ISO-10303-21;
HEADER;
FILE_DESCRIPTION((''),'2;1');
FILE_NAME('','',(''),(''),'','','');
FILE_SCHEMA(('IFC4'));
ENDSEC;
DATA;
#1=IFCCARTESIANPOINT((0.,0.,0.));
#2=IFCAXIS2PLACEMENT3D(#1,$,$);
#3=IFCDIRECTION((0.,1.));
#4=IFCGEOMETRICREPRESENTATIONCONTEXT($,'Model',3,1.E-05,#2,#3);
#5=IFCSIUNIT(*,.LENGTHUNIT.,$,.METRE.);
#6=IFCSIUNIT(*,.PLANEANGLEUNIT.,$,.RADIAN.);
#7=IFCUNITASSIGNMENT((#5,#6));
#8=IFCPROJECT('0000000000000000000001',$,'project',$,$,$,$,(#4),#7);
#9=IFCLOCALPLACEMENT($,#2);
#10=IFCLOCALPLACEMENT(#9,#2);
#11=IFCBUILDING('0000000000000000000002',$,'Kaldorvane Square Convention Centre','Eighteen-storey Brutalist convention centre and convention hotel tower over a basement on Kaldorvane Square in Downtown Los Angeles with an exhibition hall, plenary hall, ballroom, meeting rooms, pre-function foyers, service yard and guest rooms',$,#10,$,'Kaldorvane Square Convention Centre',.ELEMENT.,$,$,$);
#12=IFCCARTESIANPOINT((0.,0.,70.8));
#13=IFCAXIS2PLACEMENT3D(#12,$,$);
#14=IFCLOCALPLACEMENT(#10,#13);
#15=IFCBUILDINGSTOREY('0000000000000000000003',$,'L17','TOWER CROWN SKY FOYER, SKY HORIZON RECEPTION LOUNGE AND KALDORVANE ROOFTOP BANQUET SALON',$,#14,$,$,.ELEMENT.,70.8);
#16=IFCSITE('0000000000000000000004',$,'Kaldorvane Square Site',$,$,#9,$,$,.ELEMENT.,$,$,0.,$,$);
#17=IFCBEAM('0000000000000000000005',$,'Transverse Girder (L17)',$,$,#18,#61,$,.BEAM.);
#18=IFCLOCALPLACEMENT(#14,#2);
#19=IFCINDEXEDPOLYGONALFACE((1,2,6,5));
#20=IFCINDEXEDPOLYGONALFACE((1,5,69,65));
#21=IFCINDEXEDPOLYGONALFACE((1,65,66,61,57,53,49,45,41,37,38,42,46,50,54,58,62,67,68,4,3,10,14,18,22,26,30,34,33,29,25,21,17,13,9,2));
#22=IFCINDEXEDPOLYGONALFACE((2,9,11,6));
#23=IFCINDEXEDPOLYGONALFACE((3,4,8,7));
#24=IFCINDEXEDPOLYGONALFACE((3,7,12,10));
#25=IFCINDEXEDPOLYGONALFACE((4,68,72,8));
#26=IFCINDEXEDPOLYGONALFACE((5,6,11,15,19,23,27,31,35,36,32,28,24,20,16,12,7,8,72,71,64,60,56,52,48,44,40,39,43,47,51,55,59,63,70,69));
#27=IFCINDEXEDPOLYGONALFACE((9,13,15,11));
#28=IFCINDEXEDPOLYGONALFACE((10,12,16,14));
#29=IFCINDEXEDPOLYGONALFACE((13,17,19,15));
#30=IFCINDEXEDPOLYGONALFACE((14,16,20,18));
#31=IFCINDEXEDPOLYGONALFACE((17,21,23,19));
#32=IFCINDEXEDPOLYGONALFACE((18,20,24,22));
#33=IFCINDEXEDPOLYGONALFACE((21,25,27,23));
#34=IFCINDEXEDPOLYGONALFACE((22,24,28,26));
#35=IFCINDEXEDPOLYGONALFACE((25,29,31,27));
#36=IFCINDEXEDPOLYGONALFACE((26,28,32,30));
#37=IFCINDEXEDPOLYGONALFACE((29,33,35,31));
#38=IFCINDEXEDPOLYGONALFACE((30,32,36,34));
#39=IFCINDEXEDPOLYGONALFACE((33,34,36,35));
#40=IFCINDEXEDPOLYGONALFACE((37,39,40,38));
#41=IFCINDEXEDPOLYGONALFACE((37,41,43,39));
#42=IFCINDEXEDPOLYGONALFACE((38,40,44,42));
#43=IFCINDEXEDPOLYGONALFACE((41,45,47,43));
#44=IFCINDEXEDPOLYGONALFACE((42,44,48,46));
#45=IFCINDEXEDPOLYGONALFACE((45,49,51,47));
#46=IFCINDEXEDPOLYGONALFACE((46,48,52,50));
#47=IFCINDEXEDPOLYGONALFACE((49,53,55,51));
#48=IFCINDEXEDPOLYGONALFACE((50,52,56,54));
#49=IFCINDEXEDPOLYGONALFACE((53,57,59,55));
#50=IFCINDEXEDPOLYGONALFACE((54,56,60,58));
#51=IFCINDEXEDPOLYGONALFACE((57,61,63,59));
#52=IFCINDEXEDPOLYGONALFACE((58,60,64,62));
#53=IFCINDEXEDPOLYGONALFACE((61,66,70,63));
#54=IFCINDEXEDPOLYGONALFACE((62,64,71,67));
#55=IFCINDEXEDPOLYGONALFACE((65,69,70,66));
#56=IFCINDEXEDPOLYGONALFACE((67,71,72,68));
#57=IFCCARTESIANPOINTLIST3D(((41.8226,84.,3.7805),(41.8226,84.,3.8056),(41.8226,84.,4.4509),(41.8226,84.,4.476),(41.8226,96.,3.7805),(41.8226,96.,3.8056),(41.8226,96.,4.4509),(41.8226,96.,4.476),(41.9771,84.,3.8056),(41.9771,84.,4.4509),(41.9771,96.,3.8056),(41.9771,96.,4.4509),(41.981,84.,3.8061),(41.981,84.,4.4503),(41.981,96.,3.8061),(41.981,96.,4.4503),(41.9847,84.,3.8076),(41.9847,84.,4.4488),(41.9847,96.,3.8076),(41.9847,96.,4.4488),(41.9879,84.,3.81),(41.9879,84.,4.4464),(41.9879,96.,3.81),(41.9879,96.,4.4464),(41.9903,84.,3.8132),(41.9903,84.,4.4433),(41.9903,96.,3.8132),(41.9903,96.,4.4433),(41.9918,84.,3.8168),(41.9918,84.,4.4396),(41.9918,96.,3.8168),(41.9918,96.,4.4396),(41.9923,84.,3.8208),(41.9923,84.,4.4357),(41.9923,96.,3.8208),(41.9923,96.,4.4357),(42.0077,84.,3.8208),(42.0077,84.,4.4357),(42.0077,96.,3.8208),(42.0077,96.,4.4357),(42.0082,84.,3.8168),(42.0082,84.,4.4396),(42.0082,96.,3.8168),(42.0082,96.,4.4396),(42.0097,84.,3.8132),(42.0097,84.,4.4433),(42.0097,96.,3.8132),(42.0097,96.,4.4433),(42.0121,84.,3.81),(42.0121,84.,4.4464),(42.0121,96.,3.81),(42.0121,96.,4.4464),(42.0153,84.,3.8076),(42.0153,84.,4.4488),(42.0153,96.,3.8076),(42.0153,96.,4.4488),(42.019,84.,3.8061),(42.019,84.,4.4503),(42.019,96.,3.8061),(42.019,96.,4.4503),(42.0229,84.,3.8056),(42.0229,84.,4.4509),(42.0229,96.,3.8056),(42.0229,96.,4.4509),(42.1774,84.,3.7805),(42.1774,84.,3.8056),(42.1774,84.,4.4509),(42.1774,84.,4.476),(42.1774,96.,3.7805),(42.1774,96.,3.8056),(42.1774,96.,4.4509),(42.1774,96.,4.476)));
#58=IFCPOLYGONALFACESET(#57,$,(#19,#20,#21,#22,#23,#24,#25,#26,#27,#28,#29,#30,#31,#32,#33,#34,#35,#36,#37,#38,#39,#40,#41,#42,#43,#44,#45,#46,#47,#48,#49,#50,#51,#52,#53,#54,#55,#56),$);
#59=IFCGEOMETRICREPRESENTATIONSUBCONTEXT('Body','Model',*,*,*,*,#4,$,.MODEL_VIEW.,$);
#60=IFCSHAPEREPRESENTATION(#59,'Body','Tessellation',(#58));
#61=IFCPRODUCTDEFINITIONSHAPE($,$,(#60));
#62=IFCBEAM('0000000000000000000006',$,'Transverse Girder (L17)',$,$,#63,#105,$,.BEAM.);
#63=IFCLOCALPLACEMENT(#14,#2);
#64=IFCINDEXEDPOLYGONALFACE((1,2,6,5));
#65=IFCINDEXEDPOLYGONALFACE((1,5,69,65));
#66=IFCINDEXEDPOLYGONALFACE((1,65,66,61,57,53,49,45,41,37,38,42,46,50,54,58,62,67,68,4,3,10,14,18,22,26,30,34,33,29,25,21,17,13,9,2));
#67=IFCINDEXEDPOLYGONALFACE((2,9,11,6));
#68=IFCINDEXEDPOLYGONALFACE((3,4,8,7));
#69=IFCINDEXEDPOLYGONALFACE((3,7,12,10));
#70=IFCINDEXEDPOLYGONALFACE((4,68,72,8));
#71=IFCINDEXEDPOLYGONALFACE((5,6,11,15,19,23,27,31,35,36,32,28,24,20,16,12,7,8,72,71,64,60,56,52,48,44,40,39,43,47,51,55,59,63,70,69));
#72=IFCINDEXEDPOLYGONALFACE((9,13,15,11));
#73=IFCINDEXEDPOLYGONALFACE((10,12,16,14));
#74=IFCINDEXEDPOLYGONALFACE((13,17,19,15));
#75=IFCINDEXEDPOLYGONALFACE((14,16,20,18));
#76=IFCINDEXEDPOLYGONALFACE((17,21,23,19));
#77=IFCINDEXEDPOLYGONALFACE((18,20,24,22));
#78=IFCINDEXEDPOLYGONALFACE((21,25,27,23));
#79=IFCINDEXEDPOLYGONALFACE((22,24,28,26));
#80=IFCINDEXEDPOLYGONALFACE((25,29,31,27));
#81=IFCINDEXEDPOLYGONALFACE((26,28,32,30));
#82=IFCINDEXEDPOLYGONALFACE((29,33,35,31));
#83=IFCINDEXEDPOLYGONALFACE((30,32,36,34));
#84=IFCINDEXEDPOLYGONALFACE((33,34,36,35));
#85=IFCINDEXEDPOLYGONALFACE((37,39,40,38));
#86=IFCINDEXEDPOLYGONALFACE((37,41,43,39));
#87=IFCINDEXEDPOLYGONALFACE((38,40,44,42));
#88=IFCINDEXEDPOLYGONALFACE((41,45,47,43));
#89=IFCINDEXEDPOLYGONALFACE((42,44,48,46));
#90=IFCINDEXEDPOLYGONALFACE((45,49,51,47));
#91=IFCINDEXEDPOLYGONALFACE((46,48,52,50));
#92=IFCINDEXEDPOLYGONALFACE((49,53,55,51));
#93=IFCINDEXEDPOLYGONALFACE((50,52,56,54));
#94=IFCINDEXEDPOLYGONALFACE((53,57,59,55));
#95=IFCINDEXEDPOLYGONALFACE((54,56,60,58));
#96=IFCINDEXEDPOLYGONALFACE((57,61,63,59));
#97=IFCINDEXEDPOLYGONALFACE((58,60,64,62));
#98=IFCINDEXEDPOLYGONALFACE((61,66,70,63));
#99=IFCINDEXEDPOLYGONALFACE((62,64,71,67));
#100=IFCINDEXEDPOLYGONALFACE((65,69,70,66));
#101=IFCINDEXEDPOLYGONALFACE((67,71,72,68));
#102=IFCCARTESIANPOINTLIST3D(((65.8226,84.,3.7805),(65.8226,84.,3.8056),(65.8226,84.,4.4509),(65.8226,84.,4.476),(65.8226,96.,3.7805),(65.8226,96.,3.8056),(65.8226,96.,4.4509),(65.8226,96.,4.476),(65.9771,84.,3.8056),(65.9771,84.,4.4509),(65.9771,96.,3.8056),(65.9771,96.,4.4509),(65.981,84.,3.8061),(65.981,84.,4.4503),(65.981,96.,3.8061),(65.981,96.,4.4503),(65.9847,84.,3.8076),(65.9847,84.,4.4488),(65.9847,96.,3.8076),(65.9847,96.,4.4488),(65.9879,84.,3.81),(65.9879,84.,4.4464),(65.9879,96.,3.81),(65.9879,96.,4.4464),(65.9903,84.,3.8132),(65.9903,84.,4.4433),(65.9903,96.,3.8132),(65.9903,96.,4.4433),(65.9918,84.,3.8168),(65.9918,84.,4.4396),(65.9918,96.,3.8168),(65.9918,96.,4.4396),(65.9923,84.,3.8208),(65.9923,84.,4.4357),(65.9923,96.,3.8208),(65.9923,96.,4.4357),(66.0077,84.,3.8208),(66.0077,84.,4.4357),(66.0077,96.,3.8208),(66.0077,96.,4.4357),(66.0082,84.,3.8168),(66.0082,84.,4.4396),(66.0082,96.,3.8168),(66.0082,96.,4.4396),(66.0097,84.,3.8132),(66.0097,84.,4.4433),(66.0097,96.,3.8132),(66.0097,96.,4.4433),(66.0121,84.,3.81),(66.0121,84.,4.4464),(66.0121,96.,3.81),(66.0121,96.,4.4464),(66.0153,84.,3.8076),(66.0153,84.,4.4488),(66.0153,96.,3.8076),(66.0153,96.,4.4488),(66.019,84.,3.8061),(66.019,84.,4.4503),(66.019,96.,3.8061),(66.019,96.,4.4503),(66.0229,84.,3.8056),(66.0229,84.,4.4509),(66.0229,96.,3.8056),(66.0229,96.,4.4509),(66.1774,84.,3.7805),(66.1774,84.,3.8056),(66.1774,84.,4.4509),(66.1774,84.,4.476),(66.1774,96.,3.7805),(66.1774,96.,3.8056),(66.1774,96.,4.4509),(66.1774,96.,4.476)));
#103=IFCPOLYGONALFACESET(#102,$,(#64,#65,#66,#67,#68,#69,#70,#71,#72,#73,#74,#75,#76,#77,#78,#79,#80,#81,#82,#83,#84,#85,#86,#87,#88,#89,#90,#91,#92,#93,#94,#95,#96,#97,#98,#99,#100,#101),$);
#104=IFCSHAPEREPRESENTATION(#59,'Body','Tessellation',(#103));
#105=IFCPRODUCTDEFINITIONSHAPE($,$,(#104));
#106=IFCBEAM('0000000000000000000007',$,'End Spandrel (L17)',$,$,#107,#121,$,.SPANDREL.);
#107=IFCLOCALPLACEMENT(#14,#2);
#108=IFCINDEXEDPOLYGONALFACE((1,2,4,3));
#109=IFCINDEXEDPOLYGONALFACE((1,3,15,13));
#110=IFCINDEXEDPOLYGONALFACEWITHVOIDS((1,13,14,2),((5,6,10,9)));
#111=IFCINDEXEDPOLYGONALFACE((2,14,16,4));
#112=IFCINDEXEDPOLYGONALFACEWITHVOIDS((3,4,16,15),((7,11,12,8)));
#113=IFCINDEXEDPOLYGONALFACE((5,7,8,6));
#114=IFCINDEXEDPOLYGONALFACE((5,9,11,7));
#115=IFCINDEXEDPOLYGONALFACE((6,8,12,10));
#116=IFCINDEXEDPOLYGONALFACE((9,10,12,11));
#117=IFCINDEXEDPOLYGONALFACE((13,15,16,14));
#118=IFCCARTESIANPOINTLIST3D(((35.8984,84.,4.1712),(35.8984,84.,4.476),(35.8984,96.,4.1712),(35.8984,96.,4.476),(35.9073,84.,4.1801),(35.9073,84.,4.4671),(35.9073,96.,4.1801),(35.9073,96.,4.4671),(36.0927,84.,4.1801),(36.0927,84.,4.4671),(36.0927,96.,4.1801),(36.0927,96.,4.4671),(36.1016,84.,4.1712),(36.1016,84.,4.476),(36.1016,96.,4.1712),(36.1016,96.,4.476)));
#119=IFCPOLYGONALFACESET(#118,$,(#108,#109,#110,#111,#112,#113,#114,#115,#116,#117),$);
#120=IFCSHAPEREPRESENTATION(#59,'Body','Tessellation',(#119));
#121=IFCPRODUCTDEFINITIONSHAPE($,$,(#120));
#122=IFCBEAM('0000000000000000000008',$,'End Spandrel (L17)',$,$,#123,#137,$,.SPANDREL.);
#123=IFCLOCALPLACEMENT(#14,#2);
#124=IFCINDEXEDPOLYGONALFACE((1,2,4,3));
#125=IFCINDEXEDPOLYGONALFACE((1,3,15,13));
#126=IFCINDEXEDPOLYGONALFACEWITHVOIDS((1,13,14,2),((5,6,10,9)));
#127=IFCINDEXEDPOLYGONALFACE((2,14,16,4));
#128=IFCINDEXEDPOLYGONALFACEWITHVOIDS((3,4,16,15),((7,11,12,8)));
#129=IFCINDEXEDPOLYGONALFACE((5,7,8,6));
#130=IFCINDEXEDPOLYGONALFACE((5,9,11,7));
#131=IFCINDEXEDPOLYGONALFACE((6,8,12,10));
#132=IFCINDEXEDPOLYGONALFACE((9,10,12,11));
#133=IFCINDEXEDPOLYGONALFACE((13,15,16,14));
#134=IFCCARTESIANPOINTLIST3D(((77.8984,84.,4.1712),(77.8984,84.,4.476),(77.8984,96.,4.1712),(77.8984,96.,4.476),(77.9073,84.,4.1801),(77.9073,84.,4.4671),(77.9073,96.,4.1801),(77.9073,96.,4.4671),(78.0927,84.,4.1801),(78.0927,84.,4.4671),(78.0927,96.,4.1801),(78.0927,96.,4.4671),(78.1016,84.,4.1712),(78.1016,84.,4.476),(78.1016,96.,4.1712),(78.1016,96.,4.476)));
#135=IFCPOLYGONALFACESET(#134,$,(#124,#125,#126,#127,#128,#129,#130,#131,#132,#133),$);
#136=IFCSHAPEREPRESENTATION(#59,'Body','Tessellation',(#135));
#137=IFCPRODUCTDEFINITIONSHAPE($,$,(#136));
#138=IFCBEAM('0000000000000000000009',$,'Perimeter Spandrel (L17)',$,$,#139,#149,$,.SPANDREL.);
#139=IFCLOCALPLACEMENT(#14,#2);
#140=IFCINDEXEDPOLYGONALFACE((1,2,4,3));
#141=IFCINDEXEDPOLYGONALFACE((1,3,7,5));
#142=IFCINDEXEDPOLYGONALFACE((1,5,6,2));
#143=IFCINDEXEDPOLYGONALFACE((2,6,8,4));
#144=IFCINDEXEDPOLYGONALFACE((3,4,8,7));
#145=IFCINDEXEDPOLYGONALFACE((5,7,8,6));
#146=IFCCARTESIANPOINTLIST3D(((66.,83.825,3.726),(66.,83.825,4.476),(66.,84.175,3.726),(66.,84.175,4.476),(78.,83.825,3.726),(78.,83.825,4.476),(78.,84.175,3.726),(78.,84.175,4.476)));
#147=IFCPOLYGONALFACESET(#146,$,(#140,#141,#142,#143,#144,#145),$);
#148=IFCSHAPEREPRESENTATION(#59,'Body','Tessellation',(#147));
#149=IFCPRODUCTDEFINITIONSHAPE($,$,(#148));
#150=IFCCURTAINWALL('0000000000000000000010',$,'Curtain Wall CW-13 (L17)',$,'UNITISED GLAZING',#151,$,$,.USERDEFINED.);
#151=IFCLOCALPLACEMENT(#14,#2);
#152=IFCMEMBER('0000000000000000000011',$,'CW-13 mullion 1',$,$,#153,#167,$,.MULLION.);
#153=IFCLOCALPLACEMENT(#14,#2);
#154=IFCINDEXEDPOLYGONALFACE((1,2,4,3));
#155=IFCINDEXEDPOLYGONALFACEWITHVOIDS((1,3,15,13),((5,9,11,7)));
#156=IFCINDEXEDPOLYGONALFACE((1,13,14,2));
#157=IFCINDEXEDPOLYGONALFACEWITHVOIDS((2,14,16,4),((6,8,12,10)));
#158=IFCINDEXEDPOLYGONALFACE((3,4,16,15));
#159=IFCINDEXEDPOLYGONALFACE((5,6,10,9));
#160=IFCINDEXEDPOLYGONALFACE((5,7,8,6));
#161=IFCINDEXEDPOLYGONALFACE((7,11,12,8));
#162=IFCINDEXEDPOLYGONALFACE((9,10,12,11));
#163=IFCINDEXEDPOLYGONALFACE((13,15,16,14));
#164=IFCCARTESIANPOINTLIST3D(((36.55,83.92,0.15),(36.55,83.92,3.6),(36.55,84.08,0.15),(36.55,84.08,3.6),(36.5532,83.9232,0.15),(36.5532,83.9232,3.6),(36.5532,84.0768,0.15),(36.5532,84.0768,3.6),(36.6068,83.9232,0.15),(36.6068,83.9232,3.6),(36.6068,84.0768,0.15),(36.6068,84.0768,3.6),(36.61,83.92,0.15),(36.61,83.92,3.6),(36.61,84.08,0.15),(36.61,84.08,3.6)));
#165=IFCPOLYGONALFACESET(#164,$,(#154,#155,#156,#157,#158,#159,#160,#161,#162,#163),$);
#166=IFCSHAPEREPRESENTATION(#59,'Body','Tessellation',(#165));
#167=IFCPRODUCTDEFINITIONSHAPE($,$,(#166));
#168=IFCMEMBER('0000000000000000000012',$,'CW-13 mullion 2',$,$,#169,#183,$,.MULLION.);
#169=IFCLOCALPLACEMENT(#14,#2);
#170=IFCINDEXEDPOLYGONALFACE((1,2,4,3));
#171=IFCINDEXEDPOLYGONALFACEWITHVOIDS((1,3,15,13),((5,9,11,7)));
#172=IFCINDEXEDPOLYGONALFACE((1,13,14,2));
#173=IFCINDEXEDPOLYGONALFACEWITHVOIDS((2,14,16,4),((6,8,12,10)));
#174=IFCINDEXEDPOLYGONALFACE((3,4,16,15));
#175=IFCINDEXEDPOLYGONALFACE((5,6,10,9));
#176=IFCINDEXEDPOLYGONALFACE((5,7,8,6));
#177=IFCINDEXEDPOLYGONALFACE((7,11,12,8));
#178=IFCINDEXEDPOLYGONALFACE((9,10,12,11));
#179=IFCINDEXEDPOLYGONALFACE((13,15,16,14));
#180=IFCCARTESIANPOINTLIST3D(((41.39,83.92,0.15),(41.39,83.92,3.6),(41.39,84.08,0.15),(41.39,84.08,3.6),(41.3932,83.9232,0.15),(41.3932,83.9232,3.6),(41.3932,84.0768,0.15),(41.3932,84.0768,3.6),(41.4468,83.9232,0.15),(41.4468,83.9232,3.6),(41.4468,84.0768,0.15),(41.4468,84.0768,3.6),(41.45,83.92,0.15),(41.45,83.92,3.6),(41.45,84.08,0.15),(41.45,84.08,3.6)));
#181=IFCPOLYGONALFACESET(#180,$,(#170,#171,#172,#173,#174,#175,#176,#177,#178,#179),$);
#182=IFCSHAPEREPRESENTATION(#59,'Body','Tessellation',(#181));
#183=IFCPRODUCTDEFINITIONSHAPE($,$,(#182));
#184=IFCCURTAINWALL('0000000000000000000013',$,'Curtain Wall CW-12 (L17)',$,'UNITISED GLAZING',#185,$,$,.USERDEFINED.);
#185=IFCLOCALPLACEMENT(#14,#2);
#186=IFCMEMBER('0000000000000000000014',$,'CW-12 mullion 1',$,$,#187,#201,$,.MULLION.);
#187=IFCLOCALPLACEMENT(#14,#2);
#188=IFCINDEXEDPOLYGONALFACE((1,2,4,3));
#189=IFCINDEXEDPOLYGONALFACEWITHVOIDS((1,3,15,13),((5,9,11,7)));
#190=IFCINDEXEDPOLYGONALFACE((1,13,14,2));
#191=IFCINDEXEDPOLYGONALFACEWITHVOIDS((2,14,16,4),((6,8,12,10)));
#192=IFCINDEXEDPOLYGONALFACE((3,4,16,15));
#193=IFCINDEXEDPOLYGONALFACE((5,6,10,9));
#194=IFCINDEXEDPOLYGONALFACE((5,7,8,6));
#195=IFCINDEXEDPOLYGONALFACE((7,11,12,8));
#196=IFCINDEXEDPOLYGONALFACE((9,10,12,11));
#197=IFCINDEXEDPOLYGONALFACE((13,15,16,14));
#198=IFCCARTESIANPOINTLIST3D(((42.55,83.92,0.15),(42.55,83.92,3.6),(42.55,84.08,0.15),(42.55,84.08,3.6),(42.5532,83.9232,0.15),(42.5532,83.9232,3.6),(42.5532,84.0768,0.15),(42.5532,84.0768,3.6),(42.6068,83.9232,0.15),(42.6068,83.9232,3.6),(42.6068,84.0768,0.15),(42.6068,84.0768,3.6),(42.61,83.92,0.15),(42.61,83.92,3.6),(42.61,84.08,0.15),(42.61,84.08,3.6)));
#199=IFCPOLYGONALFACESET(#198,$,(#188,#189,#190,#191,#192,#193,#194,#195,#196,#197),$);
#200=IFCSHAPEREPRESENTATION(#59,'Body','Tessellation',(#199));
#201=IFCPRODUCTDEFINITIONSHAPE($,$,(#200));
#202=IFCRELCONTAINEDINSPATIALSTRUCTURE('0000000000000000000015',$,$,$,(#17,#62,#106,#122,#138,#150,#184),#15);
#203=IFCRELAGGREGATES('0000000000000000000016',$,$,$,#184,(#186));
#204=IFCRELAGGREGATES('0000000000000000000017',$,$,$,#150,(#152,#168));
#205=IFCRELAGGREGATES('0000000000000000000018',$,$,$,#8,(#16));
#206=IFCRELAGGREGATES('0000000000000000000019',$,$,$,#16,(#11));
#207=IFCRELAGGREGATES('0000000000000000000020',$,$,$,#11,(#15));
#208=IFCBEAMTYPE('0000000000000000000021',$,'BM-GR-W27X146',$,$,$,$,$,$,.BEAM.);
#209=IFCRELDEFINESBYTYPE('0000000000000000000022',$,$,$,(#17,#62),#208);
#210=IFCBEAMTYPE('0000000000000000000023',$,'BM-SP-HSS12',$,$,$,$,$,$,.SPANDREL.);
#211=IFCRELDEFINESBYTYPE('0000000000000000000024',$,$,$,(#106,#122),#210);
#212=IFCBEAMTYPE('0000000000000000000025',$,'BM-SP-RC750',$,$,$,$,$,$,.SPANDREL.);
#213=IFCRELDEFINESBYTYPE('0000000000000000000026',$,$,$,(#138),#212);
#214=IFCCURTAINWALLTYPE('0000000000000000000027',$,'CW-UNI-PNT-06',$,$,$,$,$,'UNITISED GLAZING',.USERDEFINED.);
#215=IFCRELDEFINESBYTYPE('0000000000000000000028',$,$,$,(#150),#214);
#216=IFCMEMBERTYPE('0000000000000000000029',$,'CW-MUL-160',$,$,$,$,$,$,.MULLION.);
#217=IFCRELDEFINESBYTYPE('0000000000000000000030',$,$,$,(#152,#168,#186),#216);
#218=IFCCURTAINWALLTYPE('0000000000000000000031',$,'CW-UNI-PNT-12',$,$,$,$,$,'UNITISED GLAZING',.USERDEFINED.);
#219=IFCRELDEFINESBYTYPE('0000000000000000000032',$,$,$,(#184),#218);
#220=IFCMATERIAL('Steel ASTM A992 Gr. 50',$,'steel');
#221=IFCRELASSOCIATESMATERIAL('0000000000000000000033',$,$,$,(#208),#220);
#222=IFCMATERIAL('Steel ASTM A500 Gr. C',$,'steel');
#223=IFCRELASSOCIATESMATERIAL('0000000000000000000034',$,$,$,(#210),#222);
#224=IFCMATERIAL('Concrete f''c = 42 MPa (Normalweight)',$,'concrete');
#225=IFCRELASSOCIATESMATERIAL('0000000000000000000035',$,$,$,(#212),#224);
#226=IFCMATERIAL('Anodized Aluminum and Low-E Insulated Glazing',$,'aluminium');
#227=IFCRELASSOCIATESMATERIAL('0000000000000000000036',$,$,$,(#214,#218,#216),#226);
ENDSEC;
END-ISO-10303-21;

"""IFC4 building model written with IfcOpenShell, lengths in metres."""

from ifc_helpers import new_model, si_unit, direction, frame, origin, origin_2d, place, context, subcontext, project, spatial, rectangle, hollow_rectangle, i_section, extrude, material, material_profile, profile_set, type_object, element, aggregate, save


model = new_model("IFC4")

# Units and contexts
model_context = context("Model", 3, precision=1e-05, world=origin(), true_north=direction((0.0, 1.0)))
body_context = subcontext(model_context, "Body", "Model", "MODEL_VIEW")
ifc_project = project(units=[si_unit("LENGTHUNIT", "METRE"), si_unit("PLANEANGLEUNIT", "RADIAN")], contexts=[model_context])

# Site, building, storey
site_placement = place(None, origin())
site = spatial("IfcSite", under=ifc_project, at=site_placement, Name="Kaldorvane Square Site", CompositionType="ELEMENT", RefElevation=0.0)
building_placement = place(site_placement, origin())
building = spatial("IfcBuilding", under=site, at=building_placement, Name="Kaldorvane Square Convention Centre", Description="Eighteen-storey Brutalist convention centre and convention hotel tower over a basement on Kaldorvane Square in Downtown Los Angeles with an exhibition hall, plenary hall, ballroom, meeting rooms, pre-function foyers, service yard and guest rooms", LongName="Kaldorvane Square Convention Centre", CompositionType="ELEMENT")
storey_placement = place(building_placement, frame((0.0, 0.0, 70.8)))
storey = spatial("IfcBuildingStorey", under=building, at=storey_placement, Name="L17", Description="TOWER CROWN SKY FOYER, SKY HORIZON RECEPTION LOUNGE AND KALDORVANE ROOFTOP BANQUET SALON", CompositionType="ELEMENT", Elevation=70.8)

# Beams
ifc_material_1 = material(Name="Steel ASTM A992 Gr. 50", Category="steel")
ifc_material_profile_1 = material_profile(ifc_material_1, i_section(OverallWidth=0.3547, OverallDepth=0.6955, WebThickness=0.0154, FlangeThickness=0.0251, FilletRadius=0.0152, at=origin_2d()), Name="W27X146")
ifc_profile_set_1 = profile_set([ifc_material_profile_1], Name="Steel ASTM A992 Gr. 50")
beam_type_1 = type_object("IfcBeamType", Name="BM-GR-W27X146", PredefinedType="BEAM", material=ifc_profile_set_1)
for number, where, z_axis, x_axis, name in (
    (1, (42.0, 84.0, 4.1282), (0.0, 1.0, 0.0), (-1.0, 0.0, 0.0), "Transverse Girder (L17)"),
    (2, (66.0, 84.0, 4.1282), (0.0, 1.0, 0.0), (-1.0, 0.0, 0.0), "Transverse Girder (L17)"),
):
    element("IfcBeam", number, at=place(storey_placement, frame(where, z_axis=z_axis, x_axis=x_axis)), inside=storey, type_object=beam_type_1, Name=name, PredefinedType="BEAM", context=body_context, shape_type="SweptSolid", body=[
        extrude(i_section(OverallWidth=0.3547, OverallDepth=0.6955, WebThickness=0.0154, FlangeThickness=0.0251, FilletRadius=0.0152, at=origin_2d()), origin(), (0.0, 0.0, 1.0), 12.0),
    ])
ifc_material_2 = material(Name="Steel ASTM A500 Gr. C", Category="steel")
ifc_material_profile_2 = material_profile(ifc_material_2, hollow_rectangle(XDim=0.2032, YDim=0.3048, WallThickness=0.0089, at=origin_2d()), Name="HSS12X8X3/8")
ifc_profile_set_2 = profile_set([ifc_material_profile_2], Name="Steel ASTM A500 Gr. C")
beam_type_2 = type_object("IfcBeamType", Name="BM-SP-HSS12", PredefinedType="SPANDREL", material=ifc_profile_set_2)
for number, where, z_axis, x_axis, name in (
    (3, (36.0, 84.0, 4.3236), (0.0, 1.0, 0.0), (-1.0, 0.0, 0.0), "End Spandrel (L17)"),
    (4, (78.0, 84.0, 4.3236), (0.0, 1.0, 0.0), (-1.0, 0.0, 0.0), "End Spandrel (L17)"),
):
    element("IfcBeam", number, at=place(storey_placement, frame(where, z_axis=z_axis, x_axis=x_axis)), inside=storey, type_object=beam_type_2, Name=name, PredefinedType="SPANDREL", context=body_context, shape_type="SweptSolid", body=[
        extrude(hollow_rectangle(XDim=0.2032, YDim=0.3048, WallThickness=0.0089, at=origin_2d()), origin(), (0.0, 0.0, 1.0), 12.0),
    ])
ifc_material_3 = material(Name="Concrete f'c = 42 MPa (Normalweight)", Category="concrete")
ifc_material_profile_3 = material_profile(ifc_material_3, rectangle(XDim=0.35, YDim=0.75, at=origin_2d()), Name="RCSP750X350")
ifc_profile_set_3 = profile_set([ifc_material_profile_3], Name="Concrete f'c = 42 MPa (Normalweight)")
beam_type_3 = type_object("IfcBeamType", Name="BM-SP-RC750", PredefinedType="SPANDREL", material=ifc_profile_set_3)
beam_placement = place(storey_placement, frame((66.0, 84.0, 4.101), z_axis=(1.0, 0.0, 0.0), x_axis=(0.0, 1.0, 0.0)))
element("IfcBeam", 5, at=beam_placement, inside=storey, type_object=beam_type_3, Name="Perimeter Spandrel (L17)", PredefinedType="SPANDREL", context=body_context, shape_type="SweptSolid", body=[
    extrude(rectangle(XDim=0.35, YDim=0.75, at=origin_2d()), origin(), (0.0, 0.0, 1.0), 12.0),
])

# Curtain walls, members
ifc_material_4 = material(Name="Anodized Aluminum and Low-E Insulated Glazing", Category="aluminium")
curtain_wall_type_1 = type_object("IfcCurtainWallType", Name="CW-UNI-PNT-06", ElementType="UNITISED GLAZING", PredefinedType="USERDEFINED", material=ifc_material_4)
curtain_wall_1_placement = place(storey_placement, origin())
curtain_wall_1 = element("IfcCurtainWall", 6, at=curtain_wall_1_placement, inside=storey, type_object=curtain_wall_type_1, Name="Curtain Wall CW-13 (L17)", ObjectType="UNITISED GLAZING", PredefinedType="USERDEFINED")
ifc_material_profile_4 = material_profile(ifc_material_4, hollow_rectangle(XDim=0.06, YDim=0.16, WallThickness=0.0032, at=origin_2d()), Name="CWM-160X60")
ifc_profile_set_4 = profile_set([ifc_material_profile_4], Name="Anodized Aluminum and Low-E Insulated Glazing")
member_type_1 = type_object("IfcMemberType", Name="CW-MUL-160", PredefinedType="MULLION", material=ifc_profile_set_4)
member_1_placement = place(storey_placement, frame((36.58, 84.0, 0.15), z_axis=(0.0, 0.0, 1.0), x_axis=(1.0, 0.0, 0.0)))
member_1 = element("IfcMember", 7, at=member_1_placement, type_object=member_type_1, Name="CW-13 mullion 1", PredefinedType="MULLION", context=body_context, shape_type="SweptSolid", body=[
    extrude(hollow_rectangle(XDim=0.06, YDim=0.16, WallThickness=0.0032, at=origin_2d()), origin(), (0.0, 0.0, 1.0), 3.45),
])
member_2_placement = place(storey_placement, frame((41.42, 84.0, 0.15), z_axis=(0.0, 0.0, 1.0), x_axis=(1.0, 0.0, 0.0)))
member_2 = element("IfcMember", 8, at=member_2_placement, type_object=member_type_1, Name="CW-13 mullion 2", PredefinedType="MULLION", context=body_context, shape_type="SweptSolid", body=[
    extrude(hollow_rectangle(XDim=0.06, YDim=0.16, WallThickness=0.0032, at=origin_2d()), origin(), (0.0, 0.0, 1.0), 3.45),
])
curtain_wall_type_2 = type_object("IfcCurtainWallType", Name="CW-UNI-PNT-12", ElementType="UNITISED GLAZING", PredefinedType="USERDEFINED", material=ifc_material_4)
curtain_wall_2_placement = place(storey_placement, origin())
curtain_wall_2 = element("IfcCurtainWall", 9, at=curtain_wall_2_placement, inside=storey, type_object=curtain_wall_type_2, Name="Curtain Wall CW-12 (L17)", ObjectType="UNITISED GLAZING", PredefinedType="USERDEFINED")
member_3_placement = place(storey_placement, frame((42.58, 84.0, 0.15), z_axis=(0.0, 0.0, 1.0), x_axis=(1.0, 0.0, 0.0)))
member_3 = element("IfcMember", 10, at=member_3_placement, type_object=member_type_1, Name="CW-12 mullion 1", PredefinedType="MULLION", context=body_context, shape_type="SweptSolid", body=[
    extrude(hollow_rectangle(XDim=0.06, YDim=0.16, WallThickness=0.0032, at=origin_2d()), origin(), (0.0, 0.0, 1.0), 3.45),
])
aggregate(curtain_wall_2, [member_3])

aggregate(curtain_wall_1, [member_1, member_2])

save(model, "model.ifc")
